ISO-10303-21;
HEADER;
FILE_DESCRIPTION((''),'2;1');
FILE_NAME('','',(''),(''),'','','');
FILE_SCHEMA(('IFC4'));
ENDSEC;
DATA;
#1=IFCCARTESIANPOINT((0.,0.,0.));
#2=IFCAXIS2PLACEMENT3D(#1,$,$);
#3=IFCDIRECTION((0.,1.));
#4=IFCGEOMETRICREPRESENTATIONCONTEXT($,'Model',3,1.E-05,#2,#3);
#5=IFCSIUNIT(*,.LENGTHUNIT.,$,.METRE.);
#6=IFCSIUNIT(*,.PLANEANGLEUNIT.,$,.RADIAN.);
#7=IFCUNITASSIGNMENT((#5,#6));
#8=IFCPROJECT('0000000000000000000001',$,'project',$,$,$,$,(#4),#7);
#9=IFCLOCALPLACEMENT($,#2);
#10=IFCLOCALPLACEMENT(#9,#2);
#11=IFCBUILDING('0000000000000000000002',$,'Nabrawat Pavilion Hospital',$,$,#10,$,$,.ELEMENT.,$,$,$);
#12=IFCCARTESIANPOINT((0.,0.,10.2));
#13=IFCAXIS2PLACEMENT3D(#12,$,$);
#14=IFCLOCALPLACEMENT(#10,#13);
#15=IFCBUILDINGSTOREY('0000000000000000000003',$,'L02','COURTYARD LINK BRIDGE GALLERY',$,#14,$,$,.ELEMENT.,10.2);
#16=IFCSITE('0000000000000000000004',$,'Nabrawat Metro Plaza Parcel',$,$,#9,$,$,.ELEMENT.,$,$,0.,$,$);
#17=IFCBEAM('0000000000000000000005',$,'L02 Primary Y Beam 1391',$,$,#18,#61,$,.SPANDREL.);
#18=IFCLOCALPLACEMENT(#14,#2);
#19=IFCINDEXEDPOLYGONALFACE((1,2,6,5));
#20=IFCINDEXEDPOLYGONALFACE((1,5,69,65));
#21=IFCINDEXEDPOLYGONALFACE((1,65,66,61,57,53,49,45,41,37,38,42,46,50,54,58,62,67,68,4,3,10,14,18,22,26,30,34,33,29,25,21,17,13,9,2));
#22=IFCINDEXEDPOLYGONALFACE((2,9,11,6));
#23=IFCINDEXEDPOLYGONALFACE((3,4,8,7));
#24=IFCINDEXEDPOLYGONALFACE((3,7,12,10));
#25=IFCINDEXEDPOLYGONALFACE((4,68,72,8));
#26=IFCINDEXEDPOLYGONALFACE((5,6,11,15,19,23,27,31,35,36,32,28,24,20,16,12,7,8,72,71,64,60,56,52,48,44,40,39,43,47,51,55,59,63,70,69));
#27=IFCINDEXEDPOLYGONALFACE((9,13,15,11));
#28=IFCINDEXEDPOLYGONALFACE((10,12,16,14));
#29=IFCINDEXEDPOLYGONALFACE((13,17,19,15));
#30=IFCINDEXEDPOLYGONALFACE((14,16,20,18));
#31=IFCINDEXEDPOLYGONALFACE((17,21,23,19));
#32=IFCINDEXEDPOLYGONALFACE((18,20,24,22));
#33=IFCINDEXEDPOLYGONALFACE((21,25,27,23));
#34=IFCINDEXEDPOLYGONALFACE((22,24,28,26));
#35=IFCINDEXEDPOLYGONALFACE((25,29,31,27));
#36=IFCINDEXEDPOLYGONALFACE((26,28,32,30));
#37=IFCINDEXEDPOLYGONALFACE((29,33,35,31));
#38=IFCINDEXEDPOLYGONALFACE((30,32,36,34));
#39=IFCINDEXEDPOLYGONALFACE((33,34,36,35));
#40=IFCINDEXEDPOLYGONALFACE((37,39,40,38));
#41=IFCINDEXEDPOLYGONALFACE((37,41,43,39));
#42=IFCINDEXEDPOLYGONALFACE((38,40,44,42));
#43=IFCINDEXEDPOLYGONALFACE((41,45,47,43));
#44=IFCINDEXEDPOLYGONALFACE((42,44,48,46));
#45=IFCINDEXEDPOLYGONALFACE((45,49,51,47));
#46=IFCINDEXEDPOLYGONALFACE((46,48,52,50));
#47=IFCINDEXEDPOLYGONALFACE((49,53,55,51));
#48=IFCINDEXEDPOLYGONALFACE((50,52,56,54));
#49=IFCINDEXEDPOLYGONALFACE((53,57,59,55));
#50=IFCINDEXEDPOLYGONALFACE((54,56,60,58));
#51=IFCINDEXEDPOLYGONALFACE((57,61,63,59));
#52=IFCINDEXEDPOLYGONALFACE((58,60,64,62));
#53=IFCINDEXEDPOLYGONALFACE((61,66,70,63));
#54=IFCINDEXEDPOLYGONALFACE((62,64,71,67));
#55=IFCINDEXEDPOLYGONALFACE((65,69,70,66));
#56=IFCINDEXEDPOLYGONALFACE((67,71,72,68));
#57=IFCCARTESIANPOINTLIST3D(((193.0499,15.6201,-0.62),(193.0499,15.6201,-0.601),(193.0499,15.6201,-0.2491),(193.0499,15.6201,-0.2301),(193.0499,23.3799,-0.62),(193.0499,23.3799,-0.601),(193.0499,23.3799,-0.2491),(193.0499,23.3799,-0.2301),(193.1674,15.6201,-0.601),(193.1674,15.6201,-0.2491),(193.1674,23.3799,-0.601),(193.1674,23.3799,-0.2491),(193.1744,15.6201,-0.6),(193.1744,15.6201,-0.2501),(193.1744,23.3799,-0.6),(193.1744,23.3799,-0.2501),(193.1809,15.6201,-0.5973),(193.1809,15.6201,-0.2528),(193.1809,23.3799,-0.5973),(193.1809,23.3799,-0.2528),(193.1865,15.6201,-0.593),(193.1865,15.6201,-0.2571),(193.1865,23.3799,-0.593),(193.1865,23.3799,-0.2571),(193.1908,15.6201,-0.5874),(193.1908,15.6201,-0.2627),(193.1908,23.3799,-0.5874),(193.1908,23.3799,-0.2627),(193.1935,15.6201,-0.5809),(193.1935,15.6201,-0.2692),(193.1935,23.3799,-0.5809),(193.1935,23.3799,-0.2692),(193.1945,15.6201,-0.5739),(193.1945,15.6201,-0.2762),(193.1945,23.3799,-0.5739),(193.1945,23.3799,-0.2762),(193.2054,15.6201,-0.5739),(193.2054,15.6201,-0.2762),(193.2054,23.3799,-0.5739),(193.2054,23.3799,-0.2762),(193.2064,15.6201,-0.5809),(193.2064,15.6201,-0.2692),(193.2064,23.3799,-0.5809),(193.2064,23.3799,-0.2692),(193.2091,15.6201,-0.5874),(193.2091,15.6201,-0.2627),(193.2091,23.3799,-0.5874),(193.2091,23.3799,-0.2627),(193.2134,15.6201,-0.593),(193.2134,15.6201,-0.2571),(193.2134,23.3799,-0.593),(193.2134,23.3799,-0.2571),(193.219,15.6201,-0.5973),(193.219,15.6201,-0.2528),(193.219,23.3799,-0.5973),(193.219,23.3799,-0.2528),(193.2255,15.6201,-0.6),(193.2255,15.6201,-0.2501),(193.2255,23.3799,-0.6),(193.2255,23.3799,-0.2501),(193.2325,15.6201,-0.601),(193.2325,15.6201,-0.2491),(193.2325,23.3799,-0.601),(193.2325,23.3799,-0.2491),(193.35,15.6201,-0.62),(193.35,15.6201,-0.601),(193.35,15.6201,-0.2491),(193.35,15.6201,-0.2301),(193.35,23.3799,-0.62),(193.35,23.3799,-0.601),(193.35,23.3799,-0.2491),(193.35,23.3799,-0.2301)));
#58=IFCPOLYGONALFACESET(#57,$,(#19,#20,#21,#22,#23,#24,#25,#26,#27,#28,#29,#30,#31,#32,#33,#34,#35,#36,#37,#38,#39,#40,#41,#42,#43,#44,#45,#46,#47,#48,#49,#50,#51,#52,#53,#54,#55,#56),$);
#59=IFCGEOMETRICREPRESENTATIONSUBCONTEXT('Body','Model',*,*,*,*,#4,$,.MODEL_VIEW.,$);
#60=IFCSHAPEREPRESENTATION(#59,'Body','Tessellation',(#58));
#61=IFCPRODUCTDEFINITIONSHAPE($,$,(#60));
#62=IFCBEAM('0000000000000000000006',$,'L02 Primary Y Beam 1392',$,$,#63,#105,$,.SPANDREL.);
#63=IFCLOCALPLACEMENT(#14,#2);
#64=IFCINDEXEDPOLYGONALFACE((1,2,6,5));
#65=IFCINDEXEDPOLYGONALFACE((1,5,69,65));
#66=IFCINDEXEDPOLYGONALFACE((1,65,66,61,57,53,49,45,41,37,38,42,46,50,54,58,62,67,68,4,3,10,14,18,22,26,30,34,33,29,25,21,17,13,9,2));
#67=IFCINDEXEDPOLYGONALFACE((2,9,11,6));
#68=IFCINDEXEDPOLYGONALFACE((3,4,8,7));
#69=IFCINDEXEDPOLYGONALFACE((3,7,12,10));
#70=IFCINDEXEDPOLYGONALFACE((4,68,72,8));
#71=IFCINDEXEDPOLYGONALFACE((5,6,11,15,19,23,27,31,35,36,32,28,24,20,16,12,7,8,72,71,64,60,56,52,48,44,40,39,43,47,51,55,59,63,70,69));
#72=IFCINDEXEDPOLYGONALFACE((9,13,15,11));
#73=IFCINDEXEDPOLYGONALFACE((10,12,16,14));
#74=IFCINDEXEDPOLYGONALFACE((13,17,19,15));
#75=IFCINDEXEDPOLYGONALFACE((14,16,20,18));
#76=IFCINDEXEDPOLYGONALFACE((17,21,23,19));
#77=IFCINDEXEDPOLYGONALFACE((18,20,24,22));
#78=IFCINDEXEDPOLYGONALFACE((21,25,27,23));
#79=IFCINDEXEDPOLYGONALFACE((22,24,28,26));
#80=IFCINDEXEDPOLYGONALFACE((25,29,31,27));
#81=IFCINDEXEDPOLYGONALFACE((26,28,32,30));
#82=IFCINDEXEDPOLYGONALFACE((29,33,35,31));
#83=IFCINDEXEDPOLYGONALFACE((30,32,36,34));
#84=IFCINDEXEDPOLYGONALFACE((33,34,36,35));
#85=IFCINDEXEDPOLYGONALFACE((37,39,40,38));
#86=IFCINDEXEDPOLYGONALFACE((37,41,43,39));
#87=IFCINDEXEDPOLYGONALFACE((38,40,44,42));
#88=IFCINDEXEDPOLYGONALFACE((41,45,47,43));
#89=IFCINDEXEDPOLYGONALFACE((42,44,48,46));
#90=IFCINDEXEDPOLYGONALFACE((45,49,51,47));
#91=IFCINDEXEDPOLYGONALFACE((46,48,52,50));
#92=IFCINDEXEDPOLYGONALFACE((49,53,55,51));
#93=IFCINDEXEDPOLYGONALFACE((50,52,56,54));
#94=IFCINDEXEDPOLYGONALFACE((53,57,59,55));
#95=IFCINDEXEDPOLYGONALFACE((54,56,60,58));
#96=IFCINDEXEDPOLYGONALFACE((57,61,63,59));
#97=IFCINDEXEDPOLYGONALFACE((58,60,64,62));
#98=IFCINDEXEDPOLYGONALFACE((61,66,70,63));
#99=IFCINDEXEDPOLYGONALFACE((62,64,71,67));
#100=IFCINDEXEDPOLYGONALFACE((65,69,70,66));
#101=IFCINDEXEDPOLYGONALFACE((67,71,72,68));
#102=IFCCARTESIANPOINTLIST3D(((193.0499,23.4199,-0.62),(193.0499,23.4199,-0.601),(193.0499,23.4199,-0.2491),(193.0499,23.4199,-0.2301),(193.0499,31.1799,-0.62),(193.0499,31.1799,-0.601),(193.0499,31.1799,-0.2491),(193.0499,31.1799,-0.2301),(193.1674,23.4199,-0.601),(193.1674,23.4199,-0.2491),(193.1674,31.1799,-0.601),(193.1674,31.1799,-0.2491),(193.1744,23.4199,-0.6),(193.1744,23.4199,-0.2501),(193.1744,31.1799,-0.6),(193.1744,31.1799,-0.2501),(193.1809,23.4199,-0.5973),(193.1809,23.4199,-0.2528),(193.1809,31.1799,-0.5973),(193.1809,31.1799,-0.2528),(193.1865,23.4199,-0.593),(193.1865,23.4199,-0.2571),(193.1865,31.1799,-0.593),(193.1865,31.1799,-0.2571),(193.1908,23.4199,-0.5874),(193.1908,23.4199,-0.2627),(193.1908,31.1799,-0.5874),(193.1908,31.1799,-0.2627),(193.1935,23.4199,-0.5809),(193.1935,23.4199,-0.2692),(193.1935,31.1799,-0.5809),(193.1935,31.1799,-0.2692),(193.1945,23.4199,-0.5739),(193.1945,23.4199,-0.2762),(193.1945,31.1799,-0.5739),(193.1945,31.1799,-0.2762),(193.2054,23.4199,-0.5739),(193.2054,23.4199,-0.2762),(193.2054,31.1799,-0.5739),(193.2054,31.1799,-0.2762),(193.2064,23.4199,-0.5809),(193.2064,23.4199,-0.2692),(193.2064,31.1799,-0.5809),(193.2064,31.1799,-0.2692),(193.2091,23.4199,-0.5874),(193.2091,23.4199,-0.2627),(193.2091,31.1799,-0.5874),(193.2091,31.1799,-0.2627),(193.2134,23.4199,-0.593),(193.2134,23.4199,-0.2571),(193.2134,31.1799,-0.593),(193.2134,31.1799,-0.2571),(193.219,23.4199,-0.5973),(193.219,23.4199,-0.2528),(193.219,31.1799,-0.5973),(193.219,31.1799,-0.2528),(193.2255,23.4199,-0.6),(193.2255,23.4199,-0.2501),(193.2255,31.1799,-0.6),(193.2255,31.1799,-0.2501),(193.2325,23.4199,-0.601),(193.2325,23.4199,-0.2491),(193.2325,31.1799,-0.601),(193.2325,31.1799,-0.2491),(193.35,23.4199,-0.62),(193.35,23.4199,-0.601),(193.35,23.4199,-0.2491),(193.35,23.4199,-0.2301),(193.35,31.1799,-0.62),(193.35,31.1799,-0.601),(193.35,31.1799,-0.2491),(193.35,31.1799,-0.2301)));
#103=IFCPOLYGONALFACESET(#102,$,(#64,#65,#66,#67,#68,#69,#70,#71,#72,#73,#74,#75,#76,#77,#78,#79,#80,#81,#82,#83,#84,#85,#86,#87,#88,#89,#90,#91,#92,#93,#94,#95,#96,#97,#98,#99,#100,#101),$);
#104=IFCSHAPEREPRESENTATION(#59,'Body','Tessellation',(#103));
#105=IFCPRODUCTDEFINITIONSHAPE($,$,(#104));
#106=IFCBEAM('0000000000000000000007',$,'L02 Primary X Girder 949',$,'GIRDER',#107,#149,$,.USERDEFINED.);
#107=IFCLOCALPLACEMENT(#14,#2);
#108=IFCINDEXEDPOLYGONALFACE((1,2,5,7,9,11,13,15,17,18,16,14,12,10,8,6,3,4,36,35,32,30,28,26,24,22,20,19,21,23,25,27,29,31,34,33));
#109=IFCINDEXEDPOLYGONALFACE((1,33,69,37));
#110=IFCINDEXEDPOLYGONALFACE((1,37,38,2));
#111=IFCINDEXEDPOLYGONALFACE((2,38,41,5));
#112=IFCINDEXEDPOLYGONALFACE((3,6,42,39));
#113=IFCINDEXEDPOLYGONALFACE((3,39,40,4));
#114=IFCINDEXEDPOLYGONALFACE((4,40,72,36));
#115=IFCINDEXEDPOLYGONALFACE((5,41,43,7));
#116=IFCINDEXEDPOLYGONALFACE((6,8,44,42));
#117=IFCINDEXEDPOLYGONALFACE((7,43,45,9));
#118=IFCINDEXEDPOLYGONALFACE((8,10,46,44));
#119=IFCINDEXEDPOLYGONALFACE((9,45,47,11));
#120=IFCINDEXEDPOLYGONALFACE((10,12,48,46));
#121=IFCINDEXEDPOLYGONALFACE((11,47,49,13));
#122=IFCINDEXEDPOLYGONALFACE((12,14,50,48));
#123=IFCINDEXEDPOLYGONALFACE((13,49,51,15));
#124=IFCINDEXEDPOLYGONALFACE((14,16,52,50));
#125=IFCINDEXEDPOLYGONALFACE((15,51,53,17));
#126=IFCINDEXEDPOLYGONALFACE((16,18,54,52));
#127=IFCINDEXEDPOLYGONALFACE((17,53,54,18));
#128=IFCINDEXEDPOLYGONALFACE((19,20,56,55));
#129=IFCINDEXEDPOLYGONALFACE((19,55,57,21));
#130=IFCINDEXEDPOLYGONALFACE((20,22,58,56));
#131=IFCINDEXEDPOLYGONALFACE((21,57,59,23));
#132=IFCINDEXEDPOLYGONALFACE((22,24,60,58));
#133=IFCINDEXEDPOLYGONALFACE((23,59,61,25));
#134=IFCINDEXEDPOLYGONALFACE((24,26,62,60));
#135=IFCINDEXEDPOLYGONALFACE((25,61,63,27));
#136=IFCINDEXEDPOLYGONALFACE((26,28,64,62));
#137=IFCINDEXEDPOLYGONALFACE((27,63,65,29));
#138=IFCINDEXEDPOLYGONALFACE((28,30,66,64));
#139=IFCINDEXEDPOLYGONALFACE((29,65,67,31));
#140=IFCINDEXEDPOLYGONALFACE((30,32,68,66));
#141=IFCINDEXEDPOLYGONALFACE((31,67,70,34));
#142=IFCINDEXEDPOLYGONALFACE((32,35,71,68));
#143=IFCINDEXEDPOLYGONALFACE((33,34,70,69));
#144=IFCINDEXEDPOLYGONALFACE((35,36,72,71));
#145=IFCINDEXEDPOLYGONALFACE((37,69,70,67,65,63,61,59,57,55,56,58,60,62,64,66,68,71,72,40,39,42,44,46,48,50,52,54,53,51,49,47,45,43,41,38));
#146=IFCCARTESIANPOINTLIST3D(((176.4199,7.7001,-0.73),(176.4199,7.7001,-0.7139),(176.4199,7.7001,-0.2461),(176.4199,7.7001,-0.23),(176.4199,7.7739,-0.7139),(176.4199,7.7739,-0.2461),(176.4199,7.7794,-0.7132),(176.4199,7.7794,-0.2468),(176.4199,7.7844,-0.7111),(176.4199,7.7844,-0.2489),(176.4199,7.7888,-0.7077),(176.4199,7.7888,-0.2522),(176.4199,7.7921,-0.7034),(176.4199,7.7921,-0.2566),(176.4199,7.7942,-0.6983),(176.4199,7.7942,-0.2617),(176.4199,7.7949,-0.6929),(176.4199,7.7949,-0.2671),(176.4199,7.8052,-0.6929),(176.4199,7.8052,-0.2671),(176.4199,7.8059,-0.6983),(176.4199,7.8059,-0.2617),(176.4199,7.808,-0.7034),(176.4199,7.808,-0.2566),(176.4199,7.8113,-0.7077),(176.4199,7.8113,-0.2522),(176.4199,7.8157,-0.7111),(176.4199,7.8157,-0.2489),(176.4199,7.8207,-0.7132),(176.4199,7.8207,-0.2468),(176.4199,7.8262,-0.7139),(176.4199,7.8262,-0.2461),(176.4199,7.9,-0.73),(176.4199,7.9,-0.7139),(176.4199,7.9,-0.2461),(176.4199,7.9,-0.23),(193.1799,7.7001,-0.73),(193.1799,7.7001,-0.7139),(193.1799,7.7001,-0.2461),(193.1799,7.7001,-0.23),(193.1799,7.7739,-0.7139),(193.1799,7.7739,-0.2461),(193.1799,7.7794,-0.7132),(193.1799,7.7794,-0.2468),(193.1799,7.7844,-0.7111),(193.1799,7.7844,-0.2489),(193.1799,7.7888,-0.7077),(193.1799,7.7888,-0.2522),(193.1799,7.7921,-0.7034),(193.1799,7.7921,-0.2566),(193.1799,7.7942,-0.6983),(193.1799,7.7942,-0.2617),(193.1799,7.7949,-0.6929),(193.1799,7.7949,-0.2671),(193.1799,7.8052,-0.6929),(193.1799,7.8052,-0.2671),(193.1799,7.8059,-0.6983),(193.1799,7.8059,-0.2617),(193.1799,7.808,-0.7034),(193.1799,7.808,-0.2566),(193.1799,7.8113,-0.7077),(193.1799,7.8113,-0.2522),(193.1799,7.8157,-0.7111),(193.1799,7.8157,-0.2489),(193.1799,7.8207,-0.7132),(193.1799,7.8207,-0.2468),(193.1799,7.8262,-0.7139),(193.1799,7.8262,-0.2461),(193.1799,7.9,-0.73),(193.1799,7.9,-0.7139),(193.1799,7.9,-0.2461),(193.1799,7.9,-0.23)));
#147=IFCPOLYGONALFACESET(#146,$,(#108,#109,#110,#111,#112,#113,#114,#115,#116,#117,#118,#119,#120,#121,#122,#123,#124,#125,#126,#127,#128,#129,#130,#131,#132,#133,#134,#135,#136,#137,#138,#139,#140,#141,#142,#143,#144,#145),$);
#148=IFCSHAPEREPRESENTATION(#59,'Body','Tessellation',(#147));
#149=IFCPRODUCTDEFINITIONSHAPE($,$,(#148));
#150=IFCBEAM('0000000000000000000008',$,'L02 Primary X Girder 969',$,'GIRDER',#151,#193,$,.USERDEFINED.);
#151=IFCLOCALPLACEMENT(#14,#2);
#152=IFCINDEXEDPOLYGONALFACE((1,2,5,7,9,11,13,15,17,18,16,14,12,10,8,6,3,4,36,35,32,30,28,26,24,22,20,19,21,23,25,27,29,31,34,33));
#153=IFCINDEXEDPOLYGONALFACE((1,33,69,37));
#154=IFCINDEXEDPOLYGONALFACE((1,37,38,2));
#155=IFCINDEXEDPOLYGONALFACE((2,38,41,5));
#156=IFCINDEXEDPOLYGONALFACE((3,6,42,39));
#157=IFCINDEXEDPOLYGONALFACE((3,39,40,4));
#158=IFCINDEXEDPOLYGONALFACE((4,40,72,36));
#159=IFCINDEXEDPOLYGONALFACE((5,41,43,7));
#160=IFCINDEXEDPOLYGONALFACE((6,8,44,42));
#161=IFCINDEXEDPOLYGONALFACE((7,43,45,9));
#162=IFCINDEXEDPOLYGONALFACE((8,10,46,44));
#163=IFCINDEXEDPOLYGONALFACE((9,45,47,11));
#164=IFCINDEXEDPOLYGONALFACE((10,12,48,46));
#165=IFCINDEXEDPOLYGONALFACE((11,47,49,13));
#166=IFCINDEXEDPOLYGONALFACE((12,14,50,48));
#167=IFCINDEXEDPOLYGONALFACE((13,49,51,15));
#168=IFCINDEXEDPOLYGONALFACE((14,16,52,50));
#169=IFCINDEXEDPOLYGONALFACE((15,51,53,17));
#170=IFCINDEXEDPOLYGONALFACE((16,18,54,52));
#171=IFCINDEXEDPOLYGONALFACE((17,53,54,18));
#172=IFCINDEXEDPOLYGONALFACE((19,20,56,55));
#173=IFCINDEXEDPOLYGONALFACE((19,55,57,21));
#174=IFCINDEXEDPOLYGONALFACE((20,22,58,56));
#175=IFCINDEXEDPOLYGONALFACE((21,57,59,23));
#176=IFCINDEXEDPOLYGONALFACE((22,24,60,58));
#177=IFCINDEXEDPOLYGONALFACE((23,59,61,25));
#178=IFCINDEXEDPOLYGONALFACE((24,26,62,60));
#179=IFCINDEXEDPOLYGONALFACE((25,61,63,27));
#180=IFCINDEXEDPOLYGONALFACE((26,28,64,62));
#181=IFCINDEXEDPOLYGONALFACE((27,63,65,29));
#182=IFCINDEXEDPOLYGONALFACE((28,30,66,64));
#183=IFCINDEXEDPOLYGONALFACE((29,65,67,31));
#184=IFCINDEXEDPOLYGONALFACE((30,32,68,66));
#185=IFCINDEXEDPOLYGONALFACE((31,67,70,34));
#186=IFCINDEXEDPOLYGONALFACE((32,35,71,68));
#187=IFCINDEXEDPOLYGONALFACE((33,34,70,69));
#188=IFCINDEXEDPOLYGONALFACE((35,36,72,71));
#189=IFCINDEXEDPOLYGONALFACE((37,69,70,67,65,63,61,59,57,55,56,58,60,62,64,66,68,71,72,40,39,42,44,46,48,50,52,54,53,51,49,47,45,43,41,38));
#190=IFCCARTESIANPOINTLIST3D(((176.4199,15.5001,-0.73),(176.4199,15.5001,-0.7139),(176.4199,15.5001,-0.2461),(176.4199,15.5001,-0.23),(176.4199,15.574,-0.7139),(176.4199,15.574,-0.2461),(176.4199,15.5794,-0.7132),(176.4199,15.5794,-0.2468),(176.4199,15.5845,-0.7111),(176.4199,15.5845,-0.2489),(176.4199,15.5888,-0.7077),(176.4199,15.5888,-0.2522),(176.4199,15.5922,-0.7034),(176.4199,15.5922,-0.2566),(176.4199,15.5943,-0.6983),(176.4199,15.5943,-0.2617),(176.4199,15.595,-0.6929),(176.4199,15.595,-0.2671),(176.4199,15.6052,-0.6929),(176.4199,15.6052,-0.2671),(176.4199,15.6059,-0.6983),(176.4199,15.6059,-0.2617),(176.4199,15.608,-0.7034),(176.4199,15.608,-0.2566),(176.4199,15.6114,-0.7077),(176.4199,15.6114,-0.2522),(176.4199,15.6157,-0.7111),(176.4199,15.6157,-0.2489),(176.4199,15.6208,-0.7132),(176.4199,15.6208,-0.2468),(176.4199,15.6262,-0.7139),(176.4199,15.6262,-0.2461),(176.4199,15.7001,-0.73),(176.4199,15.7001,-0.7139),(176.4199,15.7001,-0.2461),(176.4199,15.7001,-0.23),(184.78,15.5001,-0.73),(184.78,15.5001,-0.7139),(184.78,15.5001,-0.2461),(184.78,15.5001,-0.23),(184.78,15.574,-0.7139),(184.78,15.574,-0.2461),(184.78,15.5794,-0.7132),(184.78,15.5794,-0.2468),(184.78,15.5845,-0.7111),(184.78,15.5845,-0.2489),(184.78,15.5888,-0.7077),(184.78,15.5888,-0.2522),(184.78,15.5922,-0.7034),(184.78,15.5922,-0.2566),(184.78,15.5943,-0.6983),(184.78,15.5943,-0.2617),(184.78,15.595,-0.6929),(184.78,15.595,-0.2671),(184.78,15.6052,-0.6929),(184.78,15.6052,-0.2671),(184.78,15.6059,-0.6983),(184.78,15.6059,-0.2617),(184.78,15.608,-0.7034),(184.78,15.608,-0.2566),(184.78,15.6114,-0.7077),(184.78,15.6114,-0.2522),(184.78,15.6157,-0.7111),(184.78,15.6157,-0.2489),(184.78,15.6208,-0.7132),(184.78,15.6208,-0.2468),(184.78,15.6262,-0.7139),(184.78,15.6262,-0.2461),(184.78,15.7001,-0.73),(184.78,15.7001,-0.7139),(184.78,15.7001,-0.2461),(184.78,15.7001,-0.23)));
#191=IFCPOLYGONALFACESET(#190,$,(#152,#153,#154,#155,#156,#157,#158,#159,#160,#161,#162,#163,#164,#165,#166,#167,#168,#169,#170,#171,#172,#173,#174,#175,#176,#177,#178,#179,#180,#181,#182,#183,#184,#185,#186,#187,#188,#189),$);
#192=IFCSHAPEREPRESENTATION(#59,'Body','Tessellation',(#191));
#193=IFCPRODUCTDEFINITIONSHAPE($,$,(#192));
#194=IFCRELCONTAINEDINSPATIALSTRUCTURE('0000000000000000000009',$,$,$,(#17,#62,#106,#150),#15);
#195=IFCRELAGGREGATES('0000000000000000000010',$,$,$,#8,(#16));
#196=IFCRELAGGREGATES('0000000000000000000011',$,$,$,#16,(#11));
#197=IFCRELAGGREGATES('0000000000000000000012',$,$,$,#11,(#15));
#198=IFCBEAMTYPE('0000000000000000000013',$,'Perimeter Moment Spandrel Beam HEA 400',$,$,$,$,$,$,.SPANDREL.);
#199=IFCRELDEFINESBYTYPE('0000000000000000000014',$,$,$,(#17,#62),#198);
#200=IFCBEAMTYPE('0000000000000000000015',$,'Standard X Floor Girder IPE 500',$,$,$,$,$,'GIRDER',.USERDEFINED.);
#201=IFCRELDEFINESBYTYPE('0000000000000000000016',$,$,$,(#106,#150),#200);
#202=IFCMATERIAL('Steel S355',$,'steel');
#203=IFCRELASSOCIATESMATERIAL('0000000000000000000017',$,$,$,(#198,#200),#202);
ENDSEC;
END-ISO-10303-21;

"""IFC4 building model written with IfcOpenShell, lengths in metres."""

from ifc_helpers import new_model, si_unit, direction, frame, origin, origin_2d, place, context, subcontext, project, spatial, i_section, extrude, material, material_profile, profile_set, type_object, element, save


model = new_model("IFC4")

# Units and contexts
model_context = context("Model", 3, precision=1e-05, world=origin(), true_north=direction((0.0, 1.0)))
body_context = subcontext(model_context, "Body", "Model", "MODEL_VIEW")
ifc_project = project(units=[si_unit("LENGTHUNIT", "METRE"), si_unit("PLANEANGLEUNIT", "RADIAN")], contexts=[model_context])

# Site, building, storey
site_placement = place(None, origin())
site = spatial("IfcSite", under=ifc_project, at=site_placement, Name="Nabrawat Metro Plaza Parcel", CompositionType="ELEMENT", RefElevation=0.0)
building_placement = place(site_placement, origin())
building = spatial("IfcBuilding", under=site, at=building_placement, Name="Nabrawat Pavilion Hospital", CompositionType="ELEMENT")
storey_placement = place(building_placement, frame((0.0, 0.0, 10.2)))
storey = spatial("IfcBuildingStorey", under=building, at=storey_placement, Name="L02", Description="COURTYARD LINK BRIDGE GALLERY", CompositionType="ELEMENT", Elevation=10.2)

# Shared definitions
ifc_material_1 = material(Name="Steel S355", Category="steel")

# Beams
ifc_material_profile_1 = material_profile(ifc_material_1, i_section(OverallWidth=0.3, OverallDepth=0.3899, WebThickness=0.011, FlangeThickness=0.019, FilletRadius=0.0271, at=origin_2d()), Name="HEA 400")
ifc_profile_set_1 = profile_set([ifc_material_profile_1], Name="Steel S355")
beam_type_1 = type_object("IfcBeamType", Name="Perimeter Moment Spandrel Beam HEA 400", PredefinedType="SPANDREL", material=ifc_profile_set_1)
beam_1_placement = place(storey_placement, frame((193.2, 15.6201, -0.425), z_axis=(0.0, 1.0, 0.0), x_axis=(-1.0, 0.0, 0.0)))
element("IfcBeam", 1, at=beam_1_placement, inside=storey, type_object=beam_type_1, Name="L02 Primary Y Beam 1391", PredefinedType="SPANDREL", context=body_context, shape_type="SweptSolid", body=[
    extrude(i_section(OverallWidth=0.3, OverallDepth=0.3899, WebThickness=0.011, FlangeThickness=0.019, FilletRadius=0.0271, at=origin_2d()), origin(), (0.0, 0.0, 1.0), 7.7598),
])
beam_2_placement = place(storey_placement, frame((193.2, 23.4199, -0.425), z_axis=(0.0, 1.0, 0.0), x_axis=(-1.0, 0.0, 0.0)))
element("IfcBeam", 2, at=beam_2_placement, inside=storey, type_object=beam_type_1, Name="L02 Primary Y Beam 1392", PredefinedType="SPANDREL", context=body_context, shape_type="SweptSolid", body=[
    extrude(i_section(OverallWidth=0.3, OverallDepth=0.3899, WebThickness=0.011, FlangeThickness=0.019, FilletRadius=0.0271, at=origin_2d()), origin(), (0.0, 0.0, 1.0), 7.76),
])
ifc_material_profile_2 = material_profile(ifc_material_1, i_section(OverallWidth=0.2, OverallDepth=0.5, WebThickness=0.0103, FlangeThickness=0.0161, FilletRadius=0.021, at=origin_2d()), Name="IPE 500")
ifc_profile_set_2 = profile_set([ifc_material_profile_2], Name="Steel S355")
beam_type_2 = type_object("IfcBeamType", Name="Standard X Floor Girder IPE 500", ElementType="GIRDER", PredefinedType="USERDEFINED", material=ifc_profile_set_2)
beam_3_placement = place(storey_placement, frame((176.4199, 7.8, -0.48), z_axis=(1.0, 0.0, 0.0), x_axis=(0.0, 1.0, 0.0)))
element("IfcBeam", 3, at=beam_3_placement, inside=storey, type_object=beam_type_2, Name="L02 Primary X Girder 949", ObjectType="GIRDER", PredefinedType="USERDEFINED", context=body_context, shape_type="SweptSolid", body=[
    extrude(i_section(OverallWidth=0.2, OverallDepth=0.5, WebThickness=0.0103, FlangeThickness=0.0161, FilletRadius=0.021, at=origin_2d()), origin(), (0.0, 0.0, 1.0), 16.76),
])
beam_4_placement = place(storey_placement, frame((176.4199, 15.6001, -0.48), z_axis=(1.0, 0.0, 0.0), x_axis=(0.0, 1.0, 0.0)))
element("IfcBeam", 4, at=beam_4_placement, inside=storey, type_object=beam_type_2, Name="L02 Primary X Girder 969", ObjectType="GIRDER", PredefinedType="USERDEFINED", context=body_context, shape_type="SweptSolid", body=[
    extrude(i_section(OverallWidth=0.2, OverallDepth=0.5, WebThickness=0.0103, FlangeThickness=0.0161, FilletRadius=0.021, at=origin_2d()), origin(), (0.0, 0.0, 1.0), 8.3601),
])

save(model, "model.ifc")
